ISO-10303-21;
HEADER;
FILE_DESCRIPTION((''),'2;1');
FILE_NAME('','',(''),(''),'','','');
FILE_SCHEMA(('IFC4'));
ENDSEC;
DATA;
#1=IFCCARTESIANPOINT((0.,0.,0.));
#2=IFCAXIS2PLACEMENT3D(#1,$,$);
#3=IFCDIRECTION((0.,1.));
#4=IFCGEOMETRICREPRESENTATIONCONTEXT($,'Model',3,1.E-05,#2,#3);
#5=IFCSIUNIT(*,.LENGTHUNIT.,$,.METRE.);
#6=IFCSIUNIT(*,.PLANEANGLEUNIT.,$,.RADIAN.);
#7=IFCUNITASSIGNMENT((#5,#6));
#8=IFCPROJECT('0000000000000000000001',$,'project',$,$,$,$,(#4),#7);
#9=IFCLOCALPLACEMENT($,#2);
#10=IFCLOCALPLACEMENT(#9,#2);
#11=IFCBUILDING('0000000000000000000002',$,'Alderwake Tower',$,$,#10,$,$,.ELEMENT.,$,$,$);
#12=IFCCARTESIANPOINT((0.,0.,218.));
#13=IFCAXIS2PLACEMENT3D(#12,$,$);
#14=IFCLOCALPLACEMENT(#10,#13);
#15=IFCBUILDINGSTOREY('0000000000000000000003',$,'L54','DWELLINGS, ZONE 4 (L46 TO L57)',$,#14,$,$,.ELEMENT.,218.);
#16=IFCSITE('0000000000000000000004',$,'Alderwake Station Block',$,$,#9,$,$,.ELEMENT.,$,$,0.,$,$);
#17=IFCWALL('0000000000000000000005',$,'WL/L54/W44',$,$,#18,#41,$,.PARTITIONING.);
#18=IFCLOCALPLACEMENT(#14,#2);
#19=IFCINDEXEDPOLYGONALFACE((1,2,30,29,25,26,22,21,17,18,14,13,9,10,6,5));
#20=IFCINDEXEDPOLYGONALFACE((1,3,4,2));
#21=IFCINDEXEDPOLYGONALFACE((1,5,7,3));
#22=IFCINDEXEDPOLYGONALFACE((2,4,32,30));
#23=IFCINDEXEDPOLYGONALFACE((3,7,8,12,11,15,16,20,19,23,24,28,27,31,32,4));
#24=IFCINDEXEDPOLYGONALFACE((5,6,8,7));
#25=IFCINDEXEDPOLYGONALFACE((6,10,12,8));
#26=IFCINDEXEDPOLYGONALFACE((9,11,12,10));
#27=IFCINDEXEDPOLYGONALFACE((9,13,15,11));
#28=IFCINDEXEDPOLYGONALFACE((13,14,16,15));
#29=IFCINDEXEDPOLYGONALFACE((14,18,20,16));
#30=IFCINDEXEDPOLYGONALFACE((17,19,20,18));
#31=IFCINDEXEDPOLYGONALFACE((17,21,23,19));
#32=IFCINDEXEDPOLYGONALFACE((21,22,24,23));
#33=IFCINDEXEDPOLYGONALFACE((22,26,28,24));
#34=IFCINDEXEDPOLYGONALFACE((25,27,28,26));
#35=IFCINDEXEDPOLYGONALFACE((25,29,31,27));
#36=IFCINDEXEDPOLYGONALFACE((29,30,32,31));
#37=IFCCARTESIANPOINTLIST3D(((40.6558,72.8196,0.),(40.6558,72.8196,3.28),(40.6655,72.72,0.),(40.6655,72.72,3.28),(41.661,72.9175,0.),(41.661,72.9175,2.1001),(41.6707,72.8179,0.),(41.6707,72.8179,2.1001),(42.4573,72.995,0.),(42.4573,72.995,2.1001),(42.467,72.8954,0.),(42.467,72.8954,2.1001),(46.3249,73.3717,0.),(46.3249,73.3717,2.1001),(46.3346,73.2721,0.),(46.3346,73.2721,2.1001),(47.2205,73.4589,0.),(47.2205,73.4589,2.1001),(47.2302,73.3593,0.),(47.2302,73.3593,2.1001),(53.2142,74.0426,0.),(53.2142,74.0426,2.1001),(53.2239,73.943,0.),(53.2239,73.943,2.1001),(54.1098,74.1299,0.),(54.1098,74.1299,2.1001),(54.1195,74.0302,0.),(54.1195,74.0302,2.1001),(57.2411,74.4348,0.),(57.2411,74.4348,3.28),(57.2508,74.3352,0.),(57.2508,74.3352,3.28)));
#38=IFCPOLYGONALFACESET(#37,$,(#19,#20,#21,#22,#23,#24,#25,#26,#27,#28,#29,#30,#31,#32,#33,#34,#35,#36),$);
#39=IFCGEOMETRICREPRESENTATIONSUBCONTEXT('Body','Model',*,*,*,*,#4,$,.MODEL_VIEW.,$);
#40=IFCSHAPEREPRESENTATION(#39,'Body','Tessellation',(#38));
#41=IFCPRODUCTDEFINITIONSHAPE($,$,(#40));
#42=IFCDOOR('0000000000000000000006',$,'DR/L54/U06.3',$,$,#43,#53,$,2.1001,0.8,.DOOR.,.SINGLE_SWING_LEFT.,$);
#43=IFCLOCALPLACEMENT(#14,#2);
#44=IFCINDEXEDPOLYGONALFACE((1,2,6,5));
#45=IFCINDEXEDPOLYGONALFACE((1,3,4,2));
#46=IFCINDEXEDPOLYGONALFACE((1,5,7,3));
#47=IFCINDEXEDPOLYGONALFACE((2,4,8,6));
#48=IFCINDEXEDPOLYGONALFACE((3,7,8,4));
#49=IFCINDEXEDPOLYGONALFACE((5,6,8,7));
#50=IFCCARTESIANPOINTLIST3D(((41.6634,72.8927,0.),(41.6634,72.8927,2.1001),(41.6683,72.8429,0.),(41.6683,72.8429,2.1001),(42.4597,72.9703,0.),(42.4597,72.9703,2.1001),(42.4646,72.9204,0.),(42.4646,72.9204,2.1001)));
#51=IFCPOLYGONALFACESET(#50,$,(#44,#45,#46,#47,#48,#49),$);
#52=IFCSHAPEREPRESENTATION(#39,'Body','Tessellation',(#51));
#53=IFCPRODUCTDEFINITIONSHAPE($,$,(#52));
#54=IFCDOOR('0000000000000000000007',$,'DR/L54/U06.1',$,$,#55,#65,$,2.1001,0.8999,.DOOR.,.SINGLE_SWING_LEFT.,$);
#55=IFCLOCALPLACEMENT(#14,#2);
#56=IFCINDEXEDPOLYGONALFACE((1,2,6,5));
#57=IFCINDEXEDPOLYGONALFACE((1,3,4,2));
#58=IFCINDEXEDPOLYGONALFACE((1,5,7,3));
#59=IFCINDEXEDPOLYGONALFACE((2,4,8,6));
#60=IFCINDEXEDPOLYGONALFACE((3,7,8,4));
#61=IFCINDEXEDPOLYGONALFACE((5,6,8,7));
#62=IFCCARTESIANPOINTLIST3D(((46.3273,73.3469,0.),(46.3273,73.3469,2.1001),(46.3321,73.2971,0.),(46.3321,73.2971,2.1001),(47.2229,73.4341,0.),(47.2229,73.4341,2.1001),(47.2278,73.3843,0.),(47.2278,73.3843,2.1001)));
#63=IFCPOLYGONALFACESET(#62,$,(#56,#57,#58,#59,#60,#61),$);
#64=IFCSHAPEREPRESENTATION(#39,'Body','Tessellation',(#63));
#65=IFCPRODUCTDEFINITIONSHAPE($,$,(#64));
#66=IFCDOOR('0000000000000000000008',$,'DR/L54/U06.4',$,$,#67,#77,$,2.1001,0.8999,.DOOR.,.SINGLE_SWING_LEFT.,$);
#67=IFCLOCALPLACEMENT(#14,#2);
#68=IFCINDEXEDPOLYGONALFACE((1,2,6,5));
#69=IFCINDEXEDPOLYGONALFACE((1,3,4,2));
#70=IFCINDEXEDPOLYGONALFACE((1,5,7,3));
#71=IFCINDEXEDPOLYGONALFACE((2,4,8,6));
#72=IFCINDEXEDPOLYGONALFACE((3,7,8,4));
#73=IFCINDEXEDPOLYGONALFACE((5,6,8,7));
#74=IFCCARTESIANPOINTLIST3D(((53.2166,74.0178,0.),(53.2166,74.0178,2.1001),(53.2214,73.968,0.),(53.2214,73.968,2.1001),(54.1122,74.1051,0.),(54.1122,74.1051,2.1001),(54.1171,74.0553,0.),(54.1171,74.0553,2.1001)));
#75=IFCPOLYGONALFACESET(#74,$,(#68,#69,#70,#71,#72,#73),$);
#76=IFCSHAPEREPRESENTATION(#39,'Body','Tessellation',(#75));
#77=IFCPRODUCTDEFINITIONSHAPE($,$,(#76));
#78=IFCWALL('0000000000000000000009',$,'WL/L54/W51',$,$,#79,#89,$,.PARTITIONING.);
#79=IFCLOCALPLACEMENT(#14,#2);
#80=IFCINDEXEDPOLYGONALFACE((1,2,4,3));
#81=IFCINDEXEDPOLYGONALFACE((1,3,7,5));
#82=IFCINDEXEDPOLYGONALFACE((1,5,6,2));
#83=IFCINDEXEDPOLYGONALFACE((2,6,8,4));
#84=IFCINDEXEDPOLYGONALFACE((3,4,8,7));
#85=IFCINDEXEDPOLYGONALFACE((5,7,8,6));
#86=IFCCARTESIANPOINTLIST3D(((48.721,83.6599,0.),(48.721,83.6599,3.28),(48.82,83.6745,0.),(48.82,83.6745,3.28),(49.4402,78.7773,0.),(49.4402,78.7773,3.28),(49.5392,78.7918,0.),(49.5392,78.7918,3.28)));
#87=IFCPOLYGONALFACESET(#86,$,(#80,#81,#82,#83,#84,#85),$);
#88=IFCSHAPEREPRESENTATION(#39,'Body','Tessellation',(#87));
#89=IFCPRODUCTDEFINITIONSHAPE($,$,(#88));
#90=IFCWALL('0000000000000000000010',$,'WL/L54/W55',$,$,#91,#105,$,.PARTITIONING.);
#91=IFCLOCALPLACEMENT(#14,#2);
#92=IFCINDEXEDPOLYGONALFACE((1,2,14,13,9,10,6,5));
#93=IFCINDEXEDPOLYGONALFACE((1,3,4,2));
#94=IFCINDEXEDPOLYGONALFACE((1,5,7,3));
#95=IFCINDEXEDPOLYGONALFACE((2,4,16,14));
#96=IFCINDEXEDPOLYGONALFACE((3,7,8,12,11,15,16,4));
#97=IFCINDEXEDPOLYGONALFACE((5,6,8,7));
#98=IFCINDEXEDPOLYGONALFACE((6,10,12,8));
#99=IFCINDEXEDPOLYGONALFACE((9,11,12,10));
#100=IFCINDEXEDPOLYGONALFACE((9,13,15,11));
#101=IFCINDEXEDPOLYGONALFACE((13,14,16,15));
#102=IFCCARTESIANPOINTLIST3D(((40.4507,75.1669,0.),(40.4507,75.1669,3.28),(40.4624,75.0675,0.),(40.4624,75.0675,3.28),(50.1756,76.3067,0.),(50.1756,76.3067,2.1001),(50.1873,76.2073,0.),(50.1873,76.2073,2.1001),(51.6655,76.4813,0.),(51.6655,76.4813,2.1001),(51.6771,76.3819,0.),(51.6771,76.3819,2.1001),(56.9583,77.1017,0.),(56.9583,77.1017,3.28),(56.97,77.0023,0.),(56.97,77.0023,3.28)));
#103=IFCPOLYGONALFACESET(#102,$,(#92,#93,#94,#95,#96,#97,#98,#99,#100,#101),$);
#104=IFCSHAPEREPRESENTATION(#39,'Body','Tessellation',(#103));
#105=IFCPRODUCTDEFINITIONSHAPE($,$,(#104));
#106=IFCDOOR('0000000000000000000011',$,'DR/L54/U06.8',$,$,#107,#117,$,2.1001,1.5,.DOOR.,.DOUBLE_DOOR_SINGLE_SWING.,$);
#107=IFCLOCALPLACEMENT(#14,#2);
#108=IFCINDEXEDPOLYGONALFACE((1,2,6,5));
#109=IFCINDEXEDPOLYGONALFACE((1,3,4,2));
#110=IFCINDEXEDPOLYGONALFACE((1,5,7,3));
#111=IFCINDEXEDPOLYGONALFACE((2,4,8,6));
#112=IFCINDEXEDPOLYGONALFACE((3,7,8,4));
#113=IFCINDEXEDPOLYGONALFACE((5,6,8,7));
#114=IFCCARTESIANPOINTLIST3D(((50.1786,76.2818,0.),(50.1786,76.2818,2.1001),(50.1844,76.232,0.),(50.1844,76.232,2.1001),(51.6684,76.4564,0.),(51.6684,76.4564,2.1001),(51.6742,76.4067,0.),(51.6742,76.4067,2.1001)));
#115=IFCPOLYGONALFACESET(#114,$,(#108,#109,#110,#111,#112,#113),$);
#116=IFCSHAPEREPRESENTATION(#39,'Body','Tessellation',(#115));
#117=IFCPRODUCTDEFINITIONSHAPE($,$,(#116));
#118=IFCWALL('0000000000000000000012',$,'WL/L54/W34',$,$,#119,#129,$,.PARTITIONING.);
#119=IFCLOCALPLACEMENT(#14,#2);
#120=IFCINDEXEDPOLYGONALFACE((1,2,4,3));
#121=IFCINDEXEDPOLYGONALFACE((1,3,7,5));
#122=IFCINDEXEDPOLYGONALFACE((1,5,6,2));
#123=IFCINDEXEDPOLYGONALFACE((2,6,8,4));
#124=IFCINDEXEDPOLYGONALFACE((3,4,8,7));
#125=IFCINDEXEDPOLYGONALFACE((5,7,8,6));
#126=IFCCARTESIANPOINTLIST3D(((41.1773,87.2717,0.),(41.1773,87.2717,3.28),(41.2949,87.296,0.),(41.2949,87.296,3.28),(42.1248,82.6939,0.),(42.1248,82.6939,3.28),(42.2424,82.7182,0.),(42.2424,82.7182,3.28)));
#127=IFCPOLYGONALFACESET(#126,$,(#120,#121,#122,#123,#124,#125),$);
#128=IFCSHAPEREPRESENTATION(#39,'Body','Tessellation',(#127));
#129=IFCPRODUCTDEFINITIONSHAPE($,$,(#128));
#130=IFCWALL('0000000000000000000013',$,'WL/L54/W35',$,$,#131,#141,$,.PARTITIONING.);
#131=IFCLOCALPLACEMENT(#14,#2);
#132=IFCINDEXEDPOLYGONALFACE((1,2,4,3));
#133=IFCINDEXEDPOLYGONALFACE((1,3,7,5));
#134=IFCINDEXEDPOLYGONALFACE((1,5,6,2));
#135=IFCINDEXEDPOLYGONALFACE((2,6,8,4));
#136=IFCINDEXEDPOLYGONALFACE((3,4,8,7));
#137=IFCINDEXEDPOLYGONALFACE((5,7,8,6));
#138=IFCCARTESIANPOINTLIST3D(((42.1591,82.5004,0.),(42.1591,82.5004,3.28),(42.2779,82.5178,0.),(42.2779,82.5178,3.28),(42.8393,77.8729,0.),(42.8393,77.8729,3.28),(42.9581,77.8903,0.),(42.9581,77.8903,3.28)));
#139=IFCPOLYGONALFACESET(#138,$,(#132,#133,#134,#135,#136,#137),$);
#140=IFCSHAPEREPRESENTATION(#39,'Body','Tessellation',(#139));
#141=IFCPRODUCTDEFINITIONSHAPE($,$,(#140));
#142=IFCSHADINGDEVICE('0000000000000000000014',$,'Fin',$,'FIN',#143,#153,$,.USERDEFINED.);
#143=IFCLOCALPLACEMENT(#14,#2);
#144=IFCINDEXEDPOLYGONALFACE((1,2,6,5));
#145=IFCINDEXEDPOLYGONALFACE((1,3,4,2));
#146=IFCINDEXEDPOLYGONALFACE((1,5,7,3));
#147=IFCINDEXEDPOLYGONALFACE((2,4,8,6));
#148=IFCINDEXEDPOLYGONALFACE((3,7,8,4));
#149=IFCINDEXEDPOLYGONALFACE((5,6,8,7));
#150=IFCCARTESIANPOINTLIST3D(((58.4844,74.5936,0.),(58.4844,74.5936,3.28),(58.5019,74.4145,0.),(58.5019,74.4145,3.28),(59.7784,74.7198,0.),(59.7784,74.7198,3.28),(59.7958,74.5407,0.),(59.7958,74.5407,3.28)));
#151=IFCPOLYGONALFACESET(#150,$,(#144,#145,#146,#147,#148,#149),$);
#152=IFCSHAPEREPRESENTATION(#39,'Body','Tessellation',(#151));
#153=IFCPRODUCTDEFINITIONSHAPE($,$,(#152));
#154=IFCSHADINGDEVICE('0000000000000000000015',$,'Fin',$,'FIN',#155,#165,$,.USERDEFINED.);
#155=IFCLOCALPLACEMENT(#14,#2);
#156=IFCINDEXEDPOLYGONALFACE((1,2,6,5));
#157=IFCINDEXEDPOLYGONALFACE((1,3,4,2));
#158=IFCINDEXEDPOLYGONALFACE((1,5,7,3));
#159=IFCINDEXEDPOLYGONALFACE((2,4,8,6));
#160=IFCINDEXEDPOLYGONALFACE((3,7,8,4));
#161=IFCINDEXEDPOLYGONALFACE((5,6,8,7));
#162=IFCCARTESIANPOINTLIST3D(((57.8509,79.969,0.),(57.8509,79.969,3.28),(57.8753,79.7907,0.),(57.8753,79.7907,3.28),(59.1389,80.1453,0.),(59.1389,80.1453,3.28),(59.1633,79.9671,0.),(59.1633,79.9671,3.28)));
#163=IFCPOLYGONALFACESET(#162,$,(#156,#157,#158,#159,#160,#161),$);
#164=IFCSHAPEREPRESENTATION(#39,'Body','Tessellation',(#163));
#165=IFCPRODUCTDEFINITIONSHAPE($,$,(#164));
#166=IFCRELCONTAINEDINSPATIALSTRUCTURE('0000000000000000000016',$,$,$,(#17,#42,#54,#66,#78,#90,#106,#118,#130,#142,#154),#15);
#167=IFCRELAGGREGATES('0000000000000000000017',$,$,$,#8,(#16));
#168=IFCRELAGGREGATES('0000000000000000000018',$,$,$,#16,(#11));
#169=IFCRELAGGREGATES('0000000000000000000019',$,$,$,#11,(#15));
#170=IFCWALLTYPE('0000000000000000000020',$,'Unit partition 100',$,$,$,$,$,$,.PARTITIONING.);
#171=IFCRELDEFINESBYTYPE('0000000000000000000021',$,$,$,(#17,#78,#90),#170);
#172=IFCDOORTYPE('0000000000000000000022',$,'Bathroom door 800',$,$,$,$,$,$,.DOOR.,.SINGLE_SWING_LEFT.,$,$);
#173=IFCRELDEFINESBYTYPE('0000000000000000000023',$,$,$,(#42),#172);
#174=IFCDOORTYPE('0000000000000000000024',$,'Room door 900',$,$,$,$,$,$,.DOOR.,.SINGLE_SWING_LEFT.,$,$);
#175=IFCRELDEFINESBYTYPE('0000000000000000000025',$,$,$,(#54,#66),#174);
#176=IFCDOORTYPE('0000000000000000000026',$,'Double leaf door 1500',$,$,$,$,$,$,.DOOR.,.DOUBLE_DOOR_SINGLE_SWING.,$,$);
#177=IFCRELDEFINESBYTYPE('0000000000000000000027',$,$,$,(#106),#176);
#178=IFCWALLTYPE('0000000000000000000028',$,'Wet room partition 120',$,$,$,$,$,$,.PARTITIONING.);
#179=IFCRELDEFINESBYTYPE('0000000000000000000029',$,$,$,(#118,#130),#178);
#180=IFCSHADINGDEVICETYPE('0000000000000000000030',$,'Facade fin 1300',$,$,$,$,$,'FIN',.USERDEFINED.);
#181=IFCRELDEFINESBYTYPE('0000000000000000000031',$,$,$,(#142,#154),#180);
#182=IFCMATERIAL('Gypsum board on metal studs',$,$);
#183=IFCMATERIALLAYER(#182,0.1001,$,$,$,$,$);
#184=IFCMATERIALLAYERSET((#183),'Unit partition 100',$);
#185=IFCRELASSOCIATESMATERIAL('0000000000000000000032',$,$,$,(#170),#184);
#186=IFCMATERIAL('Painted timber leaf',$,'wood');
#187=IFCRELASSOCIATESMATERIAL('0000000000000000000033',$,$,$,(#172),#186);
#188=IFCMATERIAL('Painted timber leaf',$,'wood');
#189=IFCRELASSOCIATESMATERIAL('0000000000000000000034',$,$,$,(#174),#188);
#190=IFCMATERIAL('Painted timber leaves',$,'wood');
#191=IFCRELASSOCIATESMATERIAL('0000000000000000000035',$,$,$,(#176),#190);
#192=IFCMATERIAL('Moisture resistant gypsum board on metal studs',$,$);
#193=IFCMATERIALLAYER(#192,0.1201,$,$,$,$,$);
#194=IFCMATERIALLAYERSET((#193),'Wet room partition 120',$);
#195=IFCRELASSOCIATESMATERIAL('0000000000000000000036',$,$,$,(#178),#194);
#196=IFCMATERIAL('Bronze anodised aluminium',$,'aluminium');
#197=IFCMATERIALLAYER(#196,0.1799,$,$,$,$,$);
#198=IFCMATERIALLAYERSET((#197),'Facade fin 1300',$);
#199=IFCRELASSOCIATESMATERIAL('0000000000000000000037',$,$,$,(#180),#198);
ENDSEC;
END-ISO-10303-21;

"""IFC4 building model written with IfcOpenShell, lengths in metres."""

from ifc_helpers import new_model, si_unit, direction, frame, frame_2d, origin, origin_2d, place, context, subcontext, project, spatial, rectangle, extrude, material, layer, layer_set, type_object, element, fill, save


model = new_model("IFC4")

# Units and contexts
model_context = context("Model", 3, precision=1e-05, world=origin(), true_north=direction((0.0, 1.0)))
body_context = subcontext(model_context, "Body", "Model", "MODEL_VIEW")
ifc_project = project(units=[si_unit("LENGTHUNIT", "METRE"), si_unit("PLANEANGLEUNIT", "RADIAN")], contexts=[model_context])

# Site, building, storey
site_placement = place(None, origin())
site = spatial("IfcSite", under=ifc_project, at=site_placement, Name="Alderwake Station Block", CompositionType="ELEMENT", RefElevation=0.0)
building_placement = place(site_placement, origin())
building = spatial("IfcBuilding", under=site, at=building_placement, Name="Alderwake Tower", CompositionType="ELEMENT")
storey_placement = place(building_placement, frame((0.0, 0.0, 218.0)))
storey = spatial("IfcBuildingStorey", under=building, at=storey_placement, Name="L54", Description="DWELLINGS, ZONE 4 (L46 TO L57)", CompositionType="ELEMENT", Elevation=218.0)

# Wall, openings, doors
ifc_material_1 = material(Name="Gypsum board on metal studs")
ifc_layer_1 = layer(ifc_material_1, 0.1001)
ifc_layer_set_1 = layer_set([ifc_layer_1], Name="Unit partition 100")
wall_type_1 = type_object("IfcWallType", Name="Unit partition 100", PredefinedType="PARTITIONING", material=ifc_layer_set_1)
ifc_material_2 = material(Name="Painted timber leaf", Category="wood")
door_type_1 = type_object("IfcDoorType", Name="Bathroom door 800", OperationType="SINGLE_SWING_LEFT", PredefinedType="DOOR", material=ifc_material_2)
ifc_material_3 = material(Name="Painted timber leaf", Category="wood")
door_type_2 = type_object("IfcDoorType", Name="Room door 900", OperationType="SINGLE_SWING_LEFT", PredefinedType="DOOR", material=ifc_material_3)
wall_1_placement = place(storey_placement, frame((57.2461, 74.385, 0.0), z_axis=(0.0, 0.0, 1.0), x_axis=(-0.995291, -0.09693, 0.0)))
wall_1 = element("IfcWall", 1, at=wall_1_placement, inside=storey, type_object=wall_type_1, Name="WL/L54/W44", PredefinedType="PARTITIONING", context=body_context, shape_type="SweptSolid", body=[
    extrude(rectangle(XDim=16.6638, YDim=0.1001, at=frame_2d((8.332, 0.0))), origin(), (0.0, 0.0, 1.0), 3.28),
])
opening_1_placement = place(wall_1_placement, frame((10.0681, 0.0, 0.0)))
opening_1 = element("IfcOpeningElement", 2, at=opening_1_placement, cuts=wall_1, PredefinedType="OPENING", context=body_context, shape_type="SweptSolid", body=[
    extrude(rectangle(XDim=0.8999, YDim=2.1001, at=frame_2d((0.45, 1.05))), frame((0.0, 0.0601, 0.0), z_axis=(0.0, -1.0, 0.0), x_axis=(1.0, 0.0, 0.0)), (0.0, 0.0, 1.0), 0.1201),
])
opening_2_placement = place(wall_1_placement, frame((14.854, 0.0, 0.0)))
opening_2 = element("IfcOpeningElement", 3, at=opening_2_placement, cuts=wall_1, PredefinedType="OPENING", context=body_context, shape_type="SweptSolid", body=[
    extrude(rectangle(XDim=0.8, YDim=2.1001, at=frame_2d((0.3999, 1.05))), frame((0.0, 0.0601, 0.0), z_axis=(0.0, -1.0, 0.0), x_axis=(1.0, 0.0, 0.0)), (0.0, 0.0, 1.0), 0.1201),
])
opening_3_placement = place(wall_1_placement, frame((3.1462, 0.0, 0.0)))
opening_3 = element("IfcOpeningElement", 4, at=opening_3_placement, cuts=wall_1, PredefinedType="OPENING", context=body_context, shape_type="SweptSolid", body=[
    extrude(rectangle(XDim=0.8999, YDim=2.1001, at=frame_2d((0.45, 1.05))), frame((0.0, 0.0601, 0.0), z_axis=(0.0, -1.0, 0.0), x_axis=(1.0, 0.0, 0.0)), (0.0, 0.0, 1.0), 0.1201),
])
door_1_placement = place(opening_2_placement, origin())
door_1 = element("IfcDoor", 5, at=door_1_placement, inside=storey, type_object=door_type_1, Name="DR/L54/U06.3", OperationType="SINGLE_SWING_LEFT", OverallHeight=2.1001, OverallWidth=0.8, PredefinedType="DOOR", context=body_context, shape_type="SweptSolid", body=[
    extrude(rectangle(XDim=0.8, YDim=2.1001, at=frame_2d((0.3999, 1.05))), frame((0.0, 0.0249, 0.0), z_axis=(0.0, -1.0, 0.0), x_axis=(1.0, 0.0, 0.0)), (0.0, 0.0, 1.0), 0.05),
])
fill(opening_2, door_1)
door_2_placement = place(opening_1_placement, origin())
door_2 = element("IfcDoor", 6, at=door_2_placement, inside=storey, type_object=door_type_2, Name="DR/L54/U06.1", OperationType="SINGLE_SWING_LEFT", OverallHeight=2.1001, OverallWidth=0.8999, PredefinedType="DOOR", context=body_context, shape_type="SweptSolid", body=[
    extrude(rectangle(XDim=0.8999, YDim=2.1001, at=frame_2d((0.45, 1.05))), frame((0.0, 0.0249, 0.0), z_axis=(0.0, -1.0, 0.0), x_axis=(1.0, 0.0, 0.0)), (0.0, 0.0, 1.0), 0.05),
])
fill(opening_1, door_2)
door_3_placement = place(opening_3_placement, origin())
door_3 = element("IfcDoor", 7, at=door_3_placement, inside=storey, type_object=door_type_2, Name="DR/L54/U06.4", OperationType="SINGLE_SWING_LEFT", OverallHeight=2.1001, OverallWidth=0.8999, PredefinedType="DOOR", context=body_context, shape_type="SweptSolid", body=[
    extrude(rectangle(XDim=0.8999, YDim=2.1001, at=frame_2d((0.45, 1.05))), frame((0.0, 0.0249, 0.0), z_axis=(0.0, -1.0, 0.0), x_axis=(1.0, 0.0, 0.0)), (0.0, 0.0, 1.0), 0.05),
])
fill(opening_3, door_3)

# Wall
wall_2_placement = place(storey_placement, frame((49.4897, 78.7844, 0.0), z_axis=(0.0, 0.0, 1.0), x_axis=(-0.145735, 0.989324, 0.0)))
element("IfcWall", 8, at=wall_2_placement, inside=storey, type_object=wall_type_1, Name="WL/L54/W51", PredefinedType="PARTITIONING", context=body_context, shape_type="SweptSolid", body=[
    extrude(rectangle(XDim=4.9353, YDim=0.1001, at=frame_2d((2.4678, 0.0))), origin(), (0.0, 0.0, 1.0), 3.28),
])

# Wall, opening, door
wall_3_placement = place(storey_placement, frame((40.4565, 75.1172, 0.0), z_axis=(0.0, 0.0, 1.0), x_axis=(0.993201, 0.116411, 0.0)))
wall_3 = element("IfcWall", 9, at=wall_3_placement, inside=storey, type_object=wall_type_1, Name="WL/L54/W55", PredefinedType="PARTITIONING", context=body_context, shape_type="SweptSolid", body=[
    extrude(rectangle(XDim=16.6206, YDim=0.1001, at=frame_2d((8.3103, 0.0))), origin(), (0.0, 0.0, 1.0), 3.28),
])
opening_4_placement = place(wall_3_placement, frame((9.7915, 0.0, 0.0)))
opening_4 = element("IfcOpeningElement", 10, at=opening_4_placement, cuts=wall_3, PredefinedType="OPENING", context=body_context, shape_type="SweptSolid", body=[
    extrude(rectangle(XDim=1.5, YDim=2.1001, at=frame_2d((0.75, 1.05))), frame((0.0, 0.0601, 0.0), z_axis=(0.0, -1.0, 0.0), x_axis=(1.0, 0.0, 0.0)), (0.0, 0.0, 1.0), 0.1201),
])
ifc_material_4 = material(Name="Painted timber leaves", Category="wood")
door_type_3 = type_object("IfcDoorType", Name="Double leaf door 1500", OperationType="DOUBLE_DOOR_SINGLE_SWING", PredefinedType="DOOR", material=ifc_material_4)
door_4_placement = place(opening_4_placement, origin())
door_4 = element("IfcDoor", 11, at=door_4_placement, inside=storey, type_object=door_type_3, Name="DR/L54/U06.8", OperationType="DOUBLE_DOOR_SINGLE_SWING", OverallHeight=2.1001, OverallWidth=1.5, PredefinedType="DOOR", context=body_context, shape_type="SweptSolid", body=[
    extrude(rectangle(XDim=1.5, YDim=2.1001, at=frame_2d((0.75, 1.05))), frame((0.0, 0.0249, 0.0), z_axis=(0.0, -1.0, 0.0), x_axis=(1.0, 0.0, 0.0)), (0.0, 0.0, 1.0), 0.05),
])
fill(opening_4, door_4)

# Walls
ifc_material_5 = material(Name="Moisture resistant gypsum board on metal studs")
ifc_layer_2 = layer(ifc_material_5, 0.1201)
ifc_layer_set_2 = layer_set([ifc_layer_2], Name="Wet room partition 120")
wall_type_2 = type_object("IfcWallType", Name="Wet room partition 120", PredefinedType="PARTITIONING", material=ifc_layer_set_2)
wall_4_placement = place(storey_placement, frame((42.1836, 82.7061, 0.0), z_axis=(0.0, 0.0, 1.0), x_axis=(-0.20268, 0.979245, 0.0)))
element("IfcWall", 12, at=wall_4_placement, inside=storey, type_object=wall_type_2, Name="WL/L54/W34", PredefinedType="PARTITIONING", context=body_context, shape_type="SweptSolid", body=[
    extrude(rectangle(XDim=4.6748, YDim=0.1201, at=frame_2d((2.3374, 0.0))), origin(), (0.0, 0.0, 1.0), 3.28),
])
wall_5_placement = place(storey_placement, frame((42.8987, 77.8816, 0.0), z_axis=(0.0, 0.0, 1.0), x_axis=(-0.145425, 0.989369, 0.0)))
element("IfcWall", 13, at=wall_5_placement, inside=storey, type_object=wall_type_2, Name="WL/L54/W35", PredefinedType="PARTITIONING", context=body_context, shape_type="SweptSolid", body=[
    extrude(rectangle(XDim=4.6772, YDim=0.1201, at=frame_2d((2.3386, 0.0))), origin(), (0.0, 0.0, 1.0), 3.28),
])

# Shading devices
ifc_material_6 = material(Name="Bronze anodised aluminium", Category="aluminium")
ifc_layer_3 = layer(ifc_material_6, 0.1799)
ifc_layer_set_3 = layer_set([ifc_layer_3], Name="Facade fin 1300")
shading_device_type = type_object("IfcShadingDeviceType", Name="Facade fin 1300", ElementType="FIN", PredefinedType="USERDEFINED", material=ifc_layer_set_3)
for number, where, z_axis, x_axis, name in (
    (14, (59.1401, 74.5671, 0.0), (0.0, 0.0, 1.0), (0.99528, 0.097046, 0.0), "Fin"),
    (15, (58.5071, 79.968, 0.0), (0.0, 0.0, 1.0), (0.990753, 0.135681, 0.0), "Fin"),
):
    element("IfcShadingDevice", number, at=place(storey_placement, frame(where, z_axis=z_axis, x_axis=x_axis)), inside=storey, type_object=shading_device_type, Name=name, ObjectType="FIN", PredefinedType="USERDEFINED", context=body_context, shape_type="SweptSolid", body=[
        extrude(rectangle(XDim=1.3, YDim=0.1799, at=origin_2d()), origin(), (0.0, 0.0, 1.0), 3.28),
    ])

save(model, "model.ifc")
